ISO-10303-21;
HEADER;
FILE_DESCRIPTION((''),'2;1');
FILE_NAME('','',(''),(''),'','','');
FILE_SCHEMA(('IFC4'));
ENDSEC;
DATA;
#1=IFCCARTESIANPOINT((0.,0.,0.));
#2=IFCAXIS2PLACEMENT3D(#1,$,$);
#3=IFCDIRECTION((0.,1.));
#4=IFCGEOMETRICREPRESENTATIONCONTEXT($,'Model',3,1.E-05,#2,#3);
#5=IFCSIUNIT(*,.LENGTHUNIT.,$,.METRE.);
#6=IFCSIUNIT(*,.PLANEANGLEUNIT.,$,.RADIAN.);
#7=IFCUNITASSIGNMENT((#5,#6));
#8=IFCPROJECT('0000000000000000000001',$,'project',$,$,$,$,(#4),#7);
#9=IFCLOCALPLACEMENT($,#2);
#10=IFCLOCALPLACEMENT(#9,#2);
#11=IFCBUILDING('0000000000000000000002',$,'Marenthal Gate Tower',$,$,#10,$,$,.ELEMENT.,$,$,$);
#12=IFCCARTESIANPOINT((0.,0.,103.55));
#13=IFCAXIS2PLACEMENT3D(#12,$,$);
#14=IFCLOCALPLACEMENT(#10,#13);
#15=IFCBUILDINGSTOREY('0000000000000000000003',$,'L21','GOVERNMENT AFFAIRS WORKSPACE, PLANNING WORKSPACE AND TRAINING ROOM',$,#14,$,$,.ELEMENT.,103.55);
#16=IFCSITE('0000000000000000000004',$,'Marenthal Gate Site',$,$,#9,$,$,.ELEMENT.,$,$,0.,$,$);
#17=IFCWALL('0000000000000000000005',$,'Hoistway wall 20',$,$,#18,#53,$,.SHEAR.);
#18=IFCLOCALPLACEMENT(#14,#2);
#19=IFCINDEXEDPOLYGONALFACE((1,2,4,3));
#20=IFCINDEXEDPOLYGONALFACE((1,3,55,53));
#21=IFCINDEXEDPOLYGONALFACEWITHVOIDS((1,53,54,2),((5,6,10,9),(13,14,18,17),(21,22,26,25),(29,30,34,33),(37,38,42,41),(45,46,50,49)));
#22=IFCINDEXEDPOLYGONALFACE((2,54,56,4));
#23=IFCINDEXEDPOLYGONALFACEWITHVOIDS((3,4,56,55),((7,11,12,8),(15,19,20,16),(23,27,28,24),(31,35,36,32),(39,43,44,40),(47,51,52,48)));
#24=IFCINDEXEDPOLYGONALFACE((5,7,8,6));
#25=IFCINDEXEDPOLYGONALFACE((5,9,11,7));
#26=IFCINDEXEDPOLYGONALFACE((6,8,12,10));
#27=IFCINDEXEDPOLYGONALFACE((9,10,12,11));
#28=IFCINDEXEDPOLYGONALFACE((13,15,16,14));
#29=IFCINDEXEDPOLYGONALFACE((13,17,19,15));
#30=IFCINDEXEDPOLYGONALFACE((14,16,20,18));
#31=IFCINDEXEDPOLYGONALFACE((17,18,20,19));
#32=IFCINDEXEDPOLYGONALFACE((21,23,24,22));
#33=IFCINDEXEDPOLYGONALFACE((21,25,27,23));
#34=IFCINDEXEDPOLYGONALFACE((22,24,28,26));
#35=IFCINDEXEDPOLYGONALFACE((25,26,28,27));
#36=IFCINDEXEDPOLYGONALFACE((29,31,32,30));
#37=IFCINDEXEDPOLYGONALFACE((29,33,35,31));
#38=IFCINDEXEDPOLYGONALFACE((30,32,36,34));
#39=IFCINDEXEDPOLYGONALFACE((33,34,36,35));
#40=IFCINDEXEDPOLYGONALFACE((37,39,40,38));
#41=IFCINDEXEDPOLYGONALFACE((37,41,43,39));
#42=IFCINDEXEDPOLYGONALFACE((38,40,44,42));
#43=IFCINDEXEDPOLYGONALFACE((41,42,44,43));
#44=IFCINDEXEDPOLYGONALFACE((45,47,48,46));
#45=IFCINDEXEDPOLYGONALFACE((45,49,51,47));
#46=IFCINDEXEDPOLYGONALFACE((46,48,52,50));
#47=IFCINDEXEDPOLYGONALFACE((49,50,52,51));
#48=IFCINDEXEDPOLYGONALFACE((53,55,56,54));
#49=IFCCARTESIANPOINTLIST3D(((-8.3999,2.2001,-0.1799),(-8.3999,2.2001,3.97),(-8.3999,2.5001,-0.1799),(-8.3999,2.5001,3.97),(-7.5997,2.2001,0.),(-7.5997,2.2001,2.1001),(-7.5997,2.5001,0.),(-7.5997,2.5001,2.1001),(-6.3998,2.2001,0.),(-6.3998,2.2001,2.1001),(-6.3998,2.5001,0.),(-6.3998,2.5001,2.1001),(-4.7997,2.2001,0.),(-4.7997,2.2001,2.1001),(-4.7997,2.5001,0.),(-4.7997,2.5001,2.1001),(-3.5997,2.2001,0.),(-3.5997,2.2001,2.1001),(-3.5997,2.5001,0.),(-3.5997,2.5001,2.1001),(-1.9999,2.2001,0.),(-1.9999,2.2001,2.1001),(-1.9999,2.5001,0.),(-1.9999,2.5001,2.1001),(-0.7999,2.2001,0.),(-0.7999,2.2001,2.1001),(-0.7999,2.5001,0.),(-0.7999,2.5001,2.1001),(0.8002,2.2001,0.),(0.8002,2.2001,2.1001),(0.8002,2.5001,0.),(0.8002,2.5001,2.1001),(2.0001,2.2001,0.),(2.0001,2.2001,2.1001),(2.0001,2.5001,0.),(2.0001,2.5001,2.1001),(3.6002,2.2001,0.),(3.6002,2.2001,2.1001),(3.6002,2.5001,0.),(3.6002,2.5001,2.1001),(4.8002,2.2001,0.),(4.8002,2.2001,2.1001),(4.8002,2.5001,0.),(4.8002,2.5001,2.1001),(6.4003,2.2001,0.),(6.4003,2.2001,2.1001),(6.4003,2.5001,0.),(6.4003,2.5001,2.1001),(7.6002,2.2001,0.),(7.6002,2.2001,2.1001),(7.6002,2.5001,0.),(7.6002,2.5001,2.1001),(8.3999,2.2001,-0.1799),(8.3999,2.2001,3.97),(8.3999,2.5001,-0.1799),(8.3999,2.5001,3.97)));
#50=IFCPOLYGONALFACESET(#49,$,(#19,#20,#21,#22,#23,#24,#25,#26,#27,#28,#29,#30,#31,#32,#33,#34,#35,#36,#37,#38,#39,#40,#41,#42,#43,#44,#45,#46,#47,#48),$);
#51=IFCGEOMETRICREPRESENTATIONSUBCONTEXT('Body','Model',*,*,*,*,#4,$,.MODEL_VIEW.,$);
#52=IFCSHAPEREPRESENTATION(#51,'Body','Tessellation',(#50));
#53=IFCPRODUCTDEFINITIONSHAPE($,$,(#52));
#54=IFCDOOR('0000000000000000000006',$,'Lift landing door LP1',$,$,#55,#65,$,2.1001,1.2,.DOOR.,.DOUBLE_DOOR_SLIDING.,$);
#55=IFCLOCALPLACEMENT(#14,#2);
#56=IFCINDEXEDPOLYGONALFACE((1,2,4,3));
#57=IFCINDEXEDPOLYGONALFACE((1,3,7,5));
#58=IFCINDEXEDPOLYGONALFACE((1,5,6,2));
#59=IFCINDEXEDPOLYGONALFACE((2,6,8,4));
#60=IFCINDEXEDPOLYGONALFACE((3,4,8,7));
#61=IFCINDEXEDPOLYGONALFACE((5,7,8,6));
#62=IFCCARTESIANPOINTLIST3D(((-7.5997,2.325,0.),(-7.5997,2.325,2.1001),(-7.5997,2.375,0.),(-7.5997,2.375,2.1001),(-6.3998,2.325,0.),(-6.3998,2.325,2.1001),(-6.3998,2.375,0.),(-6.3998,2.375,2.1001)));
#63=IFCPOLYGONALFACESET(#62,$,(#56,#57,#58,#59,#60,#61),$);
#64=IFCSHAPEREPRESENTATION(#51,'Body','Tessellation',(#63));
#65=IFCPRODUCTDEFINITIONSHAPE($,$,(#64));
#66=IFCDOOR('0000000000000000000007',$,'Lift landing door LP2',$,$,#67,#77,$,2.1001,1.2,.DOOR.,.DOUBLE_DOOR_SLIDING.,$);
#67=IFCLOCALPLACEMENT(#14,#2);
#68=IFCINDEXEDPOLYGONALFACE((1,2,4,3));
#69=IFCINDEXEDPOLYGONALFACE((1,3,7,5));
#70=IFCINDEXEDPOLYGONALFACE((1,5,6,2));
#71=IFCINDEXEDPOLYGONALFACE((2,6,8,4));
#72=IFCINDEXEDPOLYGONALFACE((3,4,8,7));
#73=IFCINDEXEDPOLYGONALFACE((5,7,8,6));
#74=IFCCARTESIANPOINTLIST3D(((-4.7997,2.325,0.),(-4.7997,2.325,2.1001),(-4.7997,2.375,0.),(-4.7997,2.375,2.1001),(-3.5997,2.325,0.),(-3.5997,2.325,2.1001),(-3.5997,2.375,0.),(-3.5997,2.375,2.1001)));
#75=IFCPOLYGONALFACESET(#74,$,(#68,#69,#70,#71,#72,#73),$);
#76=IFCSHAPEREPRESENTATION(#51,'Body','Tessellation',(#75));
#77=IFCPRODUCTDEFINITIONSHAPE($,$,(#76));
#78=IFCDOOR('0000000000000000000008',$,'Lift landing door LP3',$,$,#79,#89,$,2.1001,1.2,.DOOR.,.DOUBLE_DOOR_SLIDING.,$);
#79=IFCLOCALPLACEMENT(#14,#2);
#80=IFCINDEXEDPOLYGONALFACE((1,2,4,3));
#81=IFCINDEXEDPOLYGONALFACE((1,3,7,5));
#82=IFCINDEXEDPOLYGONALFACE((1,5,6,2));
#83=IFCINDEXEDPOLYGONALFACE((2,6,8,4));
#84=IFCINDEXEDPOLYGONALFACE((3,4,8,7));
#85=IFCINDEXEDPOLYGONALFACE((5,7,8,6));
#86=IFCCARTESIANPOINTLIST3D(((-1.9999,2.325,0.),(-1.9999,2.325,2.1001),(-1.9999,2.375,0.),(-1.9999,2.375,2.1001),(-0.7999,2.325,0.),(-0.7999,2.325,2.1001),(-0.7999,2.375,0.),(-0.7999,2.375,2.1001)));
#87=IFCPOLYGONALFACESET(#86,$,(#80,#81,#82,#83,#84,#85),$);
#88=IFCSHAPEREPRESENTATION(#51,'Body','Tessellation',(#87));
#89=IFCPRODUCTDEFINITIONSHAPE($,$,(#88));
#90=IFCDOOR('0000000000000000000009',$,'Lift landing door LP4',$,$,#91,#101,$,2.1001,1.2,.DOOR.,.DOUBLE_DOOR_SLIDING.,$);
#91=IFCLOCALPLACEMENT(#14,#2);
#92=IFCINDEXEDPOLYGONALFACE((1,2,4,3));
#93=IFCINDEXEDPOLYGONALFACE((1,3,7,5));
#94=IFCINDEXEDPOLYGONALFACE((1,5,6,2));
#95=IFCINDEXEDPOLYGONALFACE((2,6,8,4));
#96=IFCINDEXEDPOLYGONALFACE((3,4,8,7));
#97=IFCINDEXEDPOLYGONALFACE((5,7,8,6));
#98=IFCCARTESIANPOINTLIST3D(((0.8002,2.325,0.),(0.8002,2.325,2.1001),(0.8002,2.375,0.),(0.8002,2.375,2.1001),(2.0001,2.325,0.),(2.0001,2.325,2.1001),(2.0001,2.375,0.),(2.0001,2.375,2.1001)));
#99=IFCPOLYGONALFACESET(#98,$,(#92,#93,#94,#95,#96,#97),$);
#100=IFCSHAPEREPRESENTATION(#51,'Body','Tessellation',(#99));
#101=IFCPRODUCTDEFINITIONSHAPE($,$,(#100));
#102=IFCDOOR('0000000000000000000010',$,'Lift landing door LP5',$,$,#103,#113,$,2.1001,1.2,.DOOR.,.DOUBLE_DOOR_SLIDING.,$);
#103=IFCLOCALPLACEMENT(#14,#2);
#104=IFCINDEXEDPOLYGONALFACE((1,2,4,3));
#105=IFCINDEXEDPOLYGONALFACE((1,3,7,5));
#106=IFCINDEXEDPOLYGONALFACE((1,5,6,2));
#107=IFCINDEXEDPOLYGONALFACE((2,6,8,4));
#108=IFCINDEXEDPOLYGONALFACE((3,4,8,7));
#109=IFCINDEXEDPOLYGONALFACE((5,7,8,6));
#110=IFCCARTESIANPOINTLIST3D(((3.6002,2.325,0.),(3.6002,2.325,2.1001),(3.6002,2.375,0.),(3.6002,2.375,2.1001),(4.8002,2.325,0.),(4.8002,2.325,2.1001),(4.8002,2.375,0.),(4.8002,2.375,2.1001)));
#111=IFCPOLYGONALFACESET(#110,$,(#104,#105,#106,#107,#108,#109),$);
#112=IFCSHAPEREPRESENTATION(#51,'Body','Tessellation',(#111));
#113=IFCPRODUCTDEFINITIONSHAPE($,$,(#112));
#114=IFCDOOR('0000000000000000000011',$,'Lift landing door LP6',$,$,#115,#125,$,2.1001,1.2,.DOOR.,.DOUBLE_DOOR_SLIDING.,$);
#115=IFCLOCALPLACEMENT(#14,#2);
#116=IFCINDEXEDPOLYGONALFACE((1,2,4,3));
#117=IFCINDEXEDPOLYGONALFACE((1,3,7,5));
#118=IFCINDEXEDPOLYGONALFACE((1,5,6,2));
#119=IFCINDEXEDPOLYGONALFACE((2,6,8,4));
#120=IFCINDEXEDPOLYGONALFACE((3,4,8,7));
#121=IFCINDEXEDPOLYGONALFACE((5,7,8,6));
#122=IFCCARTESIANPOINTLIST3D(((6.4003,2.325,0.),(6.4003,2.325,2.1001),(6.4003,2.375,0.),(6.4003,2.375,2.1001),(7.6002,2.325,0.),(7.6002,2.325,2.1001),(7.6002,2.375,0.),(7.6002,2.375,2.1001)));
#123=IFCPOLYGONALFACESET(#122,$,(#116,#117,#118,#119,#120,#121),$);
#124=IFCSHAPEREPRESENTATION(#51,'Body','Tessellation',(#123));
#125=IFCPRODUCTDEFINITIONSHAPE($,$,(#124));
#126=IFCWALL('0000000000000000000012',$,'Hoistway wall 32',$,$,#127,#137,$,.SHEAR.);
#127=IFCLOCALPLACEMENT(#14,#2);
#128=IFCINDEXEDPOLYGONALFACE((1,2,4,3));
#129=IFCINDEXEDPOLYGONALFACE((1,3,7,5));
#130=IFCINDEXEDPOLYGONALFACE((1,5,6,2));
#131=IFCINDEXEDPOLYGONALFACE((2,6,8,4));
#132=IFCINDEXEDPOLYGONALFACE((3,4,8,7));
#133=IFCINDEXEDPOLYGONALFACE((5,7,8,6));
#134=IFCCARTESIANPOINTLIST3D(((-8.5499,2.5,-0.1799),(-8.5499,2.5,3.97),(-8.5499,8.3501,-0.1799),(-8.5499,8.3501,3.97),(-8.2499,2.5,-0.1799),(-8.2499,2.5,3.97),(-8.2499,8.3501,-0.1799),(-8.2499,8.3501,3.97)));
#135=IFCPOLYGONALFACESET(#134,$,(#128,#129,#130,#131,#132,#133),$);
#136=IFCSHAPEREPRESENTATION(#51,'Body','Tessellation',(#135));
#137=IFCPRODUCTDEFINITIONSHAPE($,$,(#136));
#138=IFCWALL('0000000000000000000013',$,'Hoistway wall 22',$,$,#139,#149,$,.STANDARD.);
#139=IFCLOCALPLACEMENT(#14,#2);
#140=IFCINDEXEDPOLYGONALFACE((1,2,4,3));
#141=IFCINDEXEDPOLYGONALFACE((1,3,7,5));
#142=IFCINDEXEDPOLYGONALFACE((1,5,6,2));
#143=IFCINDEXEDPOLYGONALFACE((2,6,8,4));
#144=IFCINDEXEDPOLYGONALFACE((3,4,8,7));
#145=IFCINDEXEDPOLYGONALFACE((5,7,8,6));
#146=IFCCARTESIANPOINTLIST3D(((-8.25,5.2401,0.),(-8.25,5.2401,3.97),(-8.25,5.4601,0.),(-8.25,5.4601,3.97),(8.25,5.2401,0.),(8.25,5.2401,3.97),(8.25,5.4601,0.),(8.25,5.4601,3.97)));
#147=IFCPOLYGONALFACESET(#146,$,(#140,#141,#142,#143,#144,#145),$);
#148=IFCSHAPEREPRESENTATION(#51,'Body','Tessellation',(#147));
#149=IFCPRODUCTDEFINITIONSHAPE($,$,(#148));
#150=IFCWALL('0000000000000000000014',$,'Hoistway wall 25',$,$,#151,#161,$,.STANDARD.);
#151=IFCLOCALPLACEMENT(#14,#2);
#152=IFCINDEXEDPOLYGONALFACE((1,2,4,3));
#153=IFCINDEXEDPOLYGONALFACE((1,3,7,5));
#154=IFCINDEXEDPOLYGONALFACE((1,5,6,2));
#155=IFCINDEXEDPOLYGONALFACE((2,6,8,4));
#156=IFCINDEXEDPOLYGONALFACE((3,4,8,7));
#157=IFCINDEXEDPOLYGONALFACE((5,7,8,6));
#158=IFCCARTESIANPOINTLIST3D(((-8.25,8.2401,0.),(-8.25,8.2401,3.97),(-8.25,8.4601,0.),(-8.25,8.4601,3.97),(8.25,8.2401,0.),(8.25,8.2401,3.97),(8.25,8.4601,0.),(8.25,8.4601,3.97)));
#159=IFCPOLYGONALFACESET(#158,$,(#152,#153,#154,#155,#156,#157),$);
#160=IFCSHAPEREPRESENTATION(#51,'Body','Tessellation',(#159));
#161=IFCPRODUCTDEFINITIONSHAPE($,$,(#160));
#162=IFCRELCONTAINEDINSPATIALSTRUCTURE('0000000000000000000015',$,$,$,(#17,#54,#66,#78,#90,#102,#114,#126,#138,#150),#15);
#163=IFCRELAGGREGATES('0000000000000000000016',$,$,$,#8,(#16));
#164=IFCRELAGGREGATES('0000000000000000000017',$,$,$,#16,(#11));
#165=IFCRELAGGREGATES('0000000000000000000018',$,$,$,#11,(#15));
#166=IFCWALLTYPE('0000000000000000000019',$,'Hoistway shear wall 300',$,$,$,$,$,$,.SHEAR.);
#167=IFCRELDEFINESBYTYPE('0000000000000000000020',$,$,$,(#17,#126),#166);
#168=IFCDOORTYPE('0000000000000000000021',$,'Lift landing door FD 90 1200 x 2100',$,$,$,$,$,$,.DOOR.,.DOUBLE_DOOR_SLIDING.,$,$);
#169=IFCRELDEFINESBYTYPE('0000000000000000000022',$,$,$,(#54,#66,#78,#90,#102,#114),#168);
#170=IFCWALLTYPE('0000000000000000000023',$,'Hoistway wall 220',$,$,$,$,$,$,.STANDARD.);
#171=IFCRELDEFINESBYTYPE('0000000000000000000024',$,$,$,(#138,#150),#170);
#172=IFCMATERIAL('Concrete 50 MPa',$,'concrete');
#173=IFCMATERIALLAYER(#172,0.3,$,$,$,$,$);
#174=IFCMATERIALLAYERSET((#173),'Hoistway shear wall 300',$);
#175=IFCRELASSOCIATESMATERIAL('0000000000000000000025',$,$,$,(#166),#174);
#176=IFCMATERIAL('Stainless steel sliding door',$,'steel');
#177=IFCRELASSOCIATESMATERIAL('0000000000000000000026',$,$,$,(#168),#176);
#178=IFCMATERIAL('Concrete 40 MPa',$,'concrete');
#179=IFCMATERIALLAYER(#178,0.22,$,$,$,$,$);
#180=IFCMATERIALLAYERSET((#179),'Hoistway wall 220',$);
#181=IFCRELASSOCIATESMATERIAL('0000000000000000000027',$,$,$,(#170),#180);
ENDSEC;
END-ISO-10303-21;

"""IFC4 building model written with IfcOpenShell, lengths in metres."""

from ifc_helpers import new_model, si_unit, direction, frame, frame_2d, origin, place, context, subcontext, project, spatial, rectangle, extrude, material, layer, layer_set, type_object, element, fill, save


model = new_model("IFC4")

# Units and contexts
model_context = context("Model", 3, precision=1e-05, world=origin(), true_north=direction((0.0, 1.0)))
body_context = subcontext(model_context, "Body", "Model", "MODEL_VIEW")
ifc_project = project(units=[si_unit("LENGTHUNIT", "METRE"), si_unit("PLANEANGLEUNIT", "RADIAN")], contexts=[model_context])

# Site, building, storey
site_placement = place(None, origin())
site = spatial("IfcSite", under=ifc_project, at=site_placement, Name="Marenthal Gate Site", CompositionType="ELEMENT", RefElevation=0.0)
building_placement = place(site_placement, origin())
building = spatial("IfcBuilding", under=site, at=building_placement, Name="Marenthal Gate Tower", CompositionType="ELEMENT")
storey_placement = place(building_placement, frame((0.0, 0.0, 103.55)))
storey = spatial("IfcBuildingStorey", under=building, at=storey_placement, Name="L21", Description="GOVERNMENT AFFAIRS WORKSPACE, PLANNING WORKSPACE AND TRAINING ROOM", CompositionType="ELEMENT", Elevation=103.55)

# Wall, openings, doors
ifc_material_1 = material(Name="Concrete 50 MPa", Category="concrete")
ifc_layer_1 = layer(ifc_material_1, 0.3)
ifc_layer_set_1 = layer_set([ifc_layer_1], Name="Hoistway shear wall 300")
wall_type_1 = type_object("IfcWallType", Name="Hoistway shear wall 300", PredefinedType="SHEAR", material=ifc_layer_set_1)
wall_1_placement = place(storey_placement, frame((-8.3999, 2.3501, -0.1799), z_axis=(0.0, 0.0, 1.0), x_axis=(1.0, 0.0, 0.0)))
wall_1 = element("IfcWall", 1, at=wall_1_placement, inside=storey, type_object=wall_type_1, Name="Hoistway wall 20", PredefinedType="SHEAR", context=body_context, shape_type="SweptSolid", body=[
    extrude(rectangle(XDim=16.7998, YDim=0.3, at=frame_2d((8.3999, 0.0))), origin(), (0.0, 0.0, 1.0), 4.1499),
])
opening_1_placement = place(wall_1_placement, frame((0.8, 0.0, 0.1799)))
opening_1 = element("IfcOpeningElement", 2, at=opening_1_placement, cuts=wall_1, PredefinedType="OPENING", context=body_context, shape_type="SweptSolid", body=[
    extrude(rectangle(XDim=1.2, YDim=2.1001, at=frame_2d((0.6001, 1.05))), frame((0.0, 0.1602, 0.0), z_axis=(0.0, -1.0, 0.0), x_axis=(1.0, 0.0, 0.0)), (0.0, 0.0, 1.0), 0.3201),
])
opening_2_placement = place(wall_1_placement, frame((3.6001, 0.0, 0.1799)))
opening_2 = element("IfcOpeningElement", 3, at=opening_2_placement, cuts=wall_1, PredefinedType="OPENING", context=body_context, shape_type="SweptSolid", body=[
    extrude(rectangle(XDim=1.2, YDim=2.1001, at=frame_2d((0.6001, 1.05))), frame((0.0, 0.1602, 0.0), z_axis=(0.0, -1.0, 0.0), x_axis=(1.0, 0.0, 0.0)), (0.0, 0.0, 1.0), 0.3201),
])
opening_3_placement = place(wall_1_placement, frame((6.3999, 0.0, 0.1799)))
opening_3 = element("IfcOpeningElement", 4, at=opening_3_placement, cuts=wall_1, PredefinedType="OPENING", context=body_context, shape_type="SweptSolid", body=[
    extrude(rectangle(XDim=1.2, YDim=2.1001, at=frame_2d((0.6001, 1.05))), frame((0.0, 0.1602, 0.0), z_axis=(0.0, -1.0, 0.0), x_axis=(1.0, 0.0, 0.0)), (0.0, 0.0, 1.0), 0.3201),
])
opening_4_placement = place(wall_1_placement, frame((9.2, 0.0, 0.1799)))
opening_4 = element("IfcOpeningElement", 5, at=opening_4_placement, cuts=wall_1, PredefinedType="OPENING", context=body_context, shape_type="SweptSolid", body=[
    extrude(rectangle(XDim=1.2, YDim=2.1001, at=frame_2d((0.6001, 1.05))), frame((0.0, 0.1602, 0.0), z_axis=(0.0, -1.0, 0.0), x_axis=(1.0, 0.0, 0.0)), (0.0, 0.0, 1.0), 0.3201),
])
opening_5_placement = place(wall_1_placement, frame((12.0, 0.0, 0.1799)))
opening_5 = element("IfcOpeningElement", 6, at=opening_5_placement, cuts=wall_1, PredefinedType="OPENING", context=body_context, shape_type="SweptSolid", body=[
    extrude(rectangle(XDim=1.2, YDim=2.1001, at=frame_2d((0.6001, 1.05))), frame((0.0, 0.1602, 0.0), z_axis=(0.0, -1.0, 0.0), x_axis=(1.0, 0.0, 0.0)), (0.0, 0.0, 1.0), 0.3201),
])
opening_6_placement = place(wall_1_placement, frame((14.8, 0.0, 0.1799)))
opening_6 = element("IfcOpeningElement", 7, at=opening_6_placement, cuts=wall_1, PredefinedType="OPENING", context=body_context, shape_type="SweptSolid", body=[
    extrude(rectangle(XDim=1.2, YDim=2.1001, at=frame_2d((0.6001, 1.05))), frame((0.0, 0.1602, 0.0), z_axis=(0.0, -1.0, 0.0), x_axis=(1.0, 0.0, 0.0)), (0.0, 0.0, 1.0), 0.3201),
])
ifc_material_2 = material(Name="Stainless steel sliding door", Category="steel")
door_type_1 = type_object("IfcDoorType", Name="Lift landing door FD 90 1200 x 2100", OperationType="DOUBLE_DOOR_SLIDING", PredefinedType="DOOR", material=ifc_material_2)
door_1_placement = place(opening_1_placement, origin())
door_1 = element("IfcDoor", 8, at=door_1_placement, inside=storey, type_object=door_type_1, Name="Lift landing door LP1", OperationType="DOUBLE_DOOR_SLIDING", OverallHeight=2.1001, OverallWidth=1.2, PredefinedType="DOOR", context=body_context, shape_type="SweptSolid", body=[
    extrude(rectangle(XDim=1.2, YDim=2.1001, at=frame_2d((0.6001, 1.05))), frame((0.0, 0.0249, 0.0), z_axis=(0.0, -1.0, 0.0), x_axis=(1.0, 0.0, 0.0)), (0.0, 0.0, 1.0), 0.05),
])
fill(opening_1, door_1)
door_2_placement = place(opening_2_placement, origin())
door_2 = element("IfcDoor", 9, at=door_2_placement, inside=storey, type_object=door_type_1, Name="Lift landing door LP2", OperationType="DOUBLE_DOOR_SLIDING", OverallHeight=2.1001, OverallWidth=1.2, PredefinedType="DOOR", context=body_context, shape_type="SweptSolid", body=[
    extrude(rectangle(XDim=1.2, YDim=2.1001, at=frame_2d((0.6001, 1.05))), frame((0.0, 0.0249, 0.0), z_axis=(0.0, -1.0, 0.0), x_axis=(1.0, 0.0, 0.0)), (0.0, 0.0, 1.0), 0.05),
])
fill(opening_2, door_2)
door_3_placement = place(opening_3_placement, origin())
door_3 = element("IfcDoor", 10, at=door_3_placement, inside=storey, type_object=door_type_1, Name="Lift landing door LP3", OperationType="DOUBLE_DOOR_SLIDING", OverallHeight=2.1001, OverallWidth=1.2, PredefinedType="DOOR", context=body_context, shape_type="SweptSolid", body=[
    extrude(rectangle(XDim=1.2, YDim=2.1001, at=frame_2d((0.6001, 1.05))), frame((0.0, 0.0249, 0.0), z_axis=(0.0, -1.0, 0.0), x_axis=(1.0, 0.0, 0.0)), (0.0, 0.0, 1.0), 0.05),
])
fill(opening_3, door_3)
door_4_placement = place(opening_4_placement, origin())
door_4 = element("IfcDoor", 11, at=door_4_placement, inside=storey, type_object=door_type_1, Name="Lift landing door LP4", OperationType="DOUBLE_DOOR_SLIDING", OverallHeight=2.1001, OverallWidth=1.2, PredefinedType="DOOR", context=body_context, shape_type="SweptSolid", body=[
    extrude(rectangle(XDim=1.2, YDim=2.1001, at=frame_2d((0.6001, 1.05))), frame((0.0, 0.0249, 0.0), z_axis=(0.0, -1.0, 0.0), x_axis=(1.0, 0.0, 0.0)), (0.0, 0.0, 1.0), 0.05),
])
fill(opening_4, door_4)
door_5_placement = place(opening_5_placement, origin())
door_5 = element("IfcDoor", 12, at=door_5_placement, inside=storey, type_object=door_type_1, Name="Lift landing door LP5", OperationType="DOUBLE_DOOR_SLIDING", OverallHeight=2.1001, OverallWidth=1.2, PredefinedType="DOOR", context=body_context, shape_type="SweptSolid", body=[
    extrude(rectangle(XDim=1.2, YDim=2.1001, at=frame_2d((0.6001, 1.05))), frame((0.0, 0.0249, 0.0), z_axis=(0.0, -1.0, 0.0), x_axis=(1.0, 0.0, 0.0)), (0.0, 0.0, 1.0), 0.05),
])
fill(opening_5, door_5)
door_6_placement = place(opening_6_placement, origin())
door_6 = element("IfcDoor", 13, at=door_6_placement, inside=storey, type_object=door_type_1, Name="Lift landing door LP6", OperationType="DOUBLE_DOOR_SLIDING", OverallHeight=2.1001, OverallWidth=1.2, PredefinedType="DOOR", context=body_context, shape_type="SweptSolid", body=[
    extrude(rectangle(XDim=1.2, YDim=2.1001, at=frame_2d((0.6001, 1.05))), frame((0.0, 0.0249, 0.0), z_axis=(0.0, -1.0, 0.0), x_axis=(1.0, 0.0, 0.0)), (0.0, 0.0, 1.0), 0.05),
])
fill(opening_6, door_6)

# Walls
wall_2_placement = place(storey_placement, frame((-8.3999, 2.5, -0.1799), z_axis=(0.0, 0.0, 1.0), x_axis=(0.0, 1.0, 0.0)))
element("IfcWall", 14, at=wall_2_placement, inside=storey, type_object=wall_type_1, Name="Hoistway wall 32", PredefinedType="SHEAR", context=body_context, shape_type="SweptSolid", body=[
    extrude(rectangle(XDim=5.8501, YDim=0.3, at=frame_2d((2.925, 0.0))), origin(), (0.0, 0.0, 1.0), 4.1499),
])
ifc_material_3 = material(Name="Concrete 40 MPa", Category="concrete")
ifc_layer_2 = layer(ifc_material_3, 0.22)
ifc_layer_set_2 = layer_set([ifc_layer_2], Name="Hoistway wall 220")
wall_type_2 = type_object("IfcWallType", Name="Hoistway wall 220", PredefinedType="STANDARD", material=ifc_layer_set_2)
for number, where, z_axis, x_axis, name in (
    (15, (-8.25, 5.3501, 0.0), (0.0, 0.0, 1.0), (1.0, 0.0, 0.0), "Hoistway wall 22"),
    (16, (-8.25, 8.3501, 0.0), (0.0, 0.0, 1.0), (1.0, 0.0, 0.0), "Hoistway wall 25"),
):
    element("IfcWall", number, at=place(storey_placement, frame(where, z_axis=z_axis, x_axis=x_axis)), inside=storey, type_object=wall_type_2, Name=name, PredefinedType="STANDARD", context=body_context, shape_type="SweptSolid", body=[
        extrude(rectangle(XDim=16.5, YDim=0.22, at=frame_2d((8.25, 0.0))), origin(), (0.0, 0.0, 1.0), 3.97),
    ])

save(model, "model.ifc")
